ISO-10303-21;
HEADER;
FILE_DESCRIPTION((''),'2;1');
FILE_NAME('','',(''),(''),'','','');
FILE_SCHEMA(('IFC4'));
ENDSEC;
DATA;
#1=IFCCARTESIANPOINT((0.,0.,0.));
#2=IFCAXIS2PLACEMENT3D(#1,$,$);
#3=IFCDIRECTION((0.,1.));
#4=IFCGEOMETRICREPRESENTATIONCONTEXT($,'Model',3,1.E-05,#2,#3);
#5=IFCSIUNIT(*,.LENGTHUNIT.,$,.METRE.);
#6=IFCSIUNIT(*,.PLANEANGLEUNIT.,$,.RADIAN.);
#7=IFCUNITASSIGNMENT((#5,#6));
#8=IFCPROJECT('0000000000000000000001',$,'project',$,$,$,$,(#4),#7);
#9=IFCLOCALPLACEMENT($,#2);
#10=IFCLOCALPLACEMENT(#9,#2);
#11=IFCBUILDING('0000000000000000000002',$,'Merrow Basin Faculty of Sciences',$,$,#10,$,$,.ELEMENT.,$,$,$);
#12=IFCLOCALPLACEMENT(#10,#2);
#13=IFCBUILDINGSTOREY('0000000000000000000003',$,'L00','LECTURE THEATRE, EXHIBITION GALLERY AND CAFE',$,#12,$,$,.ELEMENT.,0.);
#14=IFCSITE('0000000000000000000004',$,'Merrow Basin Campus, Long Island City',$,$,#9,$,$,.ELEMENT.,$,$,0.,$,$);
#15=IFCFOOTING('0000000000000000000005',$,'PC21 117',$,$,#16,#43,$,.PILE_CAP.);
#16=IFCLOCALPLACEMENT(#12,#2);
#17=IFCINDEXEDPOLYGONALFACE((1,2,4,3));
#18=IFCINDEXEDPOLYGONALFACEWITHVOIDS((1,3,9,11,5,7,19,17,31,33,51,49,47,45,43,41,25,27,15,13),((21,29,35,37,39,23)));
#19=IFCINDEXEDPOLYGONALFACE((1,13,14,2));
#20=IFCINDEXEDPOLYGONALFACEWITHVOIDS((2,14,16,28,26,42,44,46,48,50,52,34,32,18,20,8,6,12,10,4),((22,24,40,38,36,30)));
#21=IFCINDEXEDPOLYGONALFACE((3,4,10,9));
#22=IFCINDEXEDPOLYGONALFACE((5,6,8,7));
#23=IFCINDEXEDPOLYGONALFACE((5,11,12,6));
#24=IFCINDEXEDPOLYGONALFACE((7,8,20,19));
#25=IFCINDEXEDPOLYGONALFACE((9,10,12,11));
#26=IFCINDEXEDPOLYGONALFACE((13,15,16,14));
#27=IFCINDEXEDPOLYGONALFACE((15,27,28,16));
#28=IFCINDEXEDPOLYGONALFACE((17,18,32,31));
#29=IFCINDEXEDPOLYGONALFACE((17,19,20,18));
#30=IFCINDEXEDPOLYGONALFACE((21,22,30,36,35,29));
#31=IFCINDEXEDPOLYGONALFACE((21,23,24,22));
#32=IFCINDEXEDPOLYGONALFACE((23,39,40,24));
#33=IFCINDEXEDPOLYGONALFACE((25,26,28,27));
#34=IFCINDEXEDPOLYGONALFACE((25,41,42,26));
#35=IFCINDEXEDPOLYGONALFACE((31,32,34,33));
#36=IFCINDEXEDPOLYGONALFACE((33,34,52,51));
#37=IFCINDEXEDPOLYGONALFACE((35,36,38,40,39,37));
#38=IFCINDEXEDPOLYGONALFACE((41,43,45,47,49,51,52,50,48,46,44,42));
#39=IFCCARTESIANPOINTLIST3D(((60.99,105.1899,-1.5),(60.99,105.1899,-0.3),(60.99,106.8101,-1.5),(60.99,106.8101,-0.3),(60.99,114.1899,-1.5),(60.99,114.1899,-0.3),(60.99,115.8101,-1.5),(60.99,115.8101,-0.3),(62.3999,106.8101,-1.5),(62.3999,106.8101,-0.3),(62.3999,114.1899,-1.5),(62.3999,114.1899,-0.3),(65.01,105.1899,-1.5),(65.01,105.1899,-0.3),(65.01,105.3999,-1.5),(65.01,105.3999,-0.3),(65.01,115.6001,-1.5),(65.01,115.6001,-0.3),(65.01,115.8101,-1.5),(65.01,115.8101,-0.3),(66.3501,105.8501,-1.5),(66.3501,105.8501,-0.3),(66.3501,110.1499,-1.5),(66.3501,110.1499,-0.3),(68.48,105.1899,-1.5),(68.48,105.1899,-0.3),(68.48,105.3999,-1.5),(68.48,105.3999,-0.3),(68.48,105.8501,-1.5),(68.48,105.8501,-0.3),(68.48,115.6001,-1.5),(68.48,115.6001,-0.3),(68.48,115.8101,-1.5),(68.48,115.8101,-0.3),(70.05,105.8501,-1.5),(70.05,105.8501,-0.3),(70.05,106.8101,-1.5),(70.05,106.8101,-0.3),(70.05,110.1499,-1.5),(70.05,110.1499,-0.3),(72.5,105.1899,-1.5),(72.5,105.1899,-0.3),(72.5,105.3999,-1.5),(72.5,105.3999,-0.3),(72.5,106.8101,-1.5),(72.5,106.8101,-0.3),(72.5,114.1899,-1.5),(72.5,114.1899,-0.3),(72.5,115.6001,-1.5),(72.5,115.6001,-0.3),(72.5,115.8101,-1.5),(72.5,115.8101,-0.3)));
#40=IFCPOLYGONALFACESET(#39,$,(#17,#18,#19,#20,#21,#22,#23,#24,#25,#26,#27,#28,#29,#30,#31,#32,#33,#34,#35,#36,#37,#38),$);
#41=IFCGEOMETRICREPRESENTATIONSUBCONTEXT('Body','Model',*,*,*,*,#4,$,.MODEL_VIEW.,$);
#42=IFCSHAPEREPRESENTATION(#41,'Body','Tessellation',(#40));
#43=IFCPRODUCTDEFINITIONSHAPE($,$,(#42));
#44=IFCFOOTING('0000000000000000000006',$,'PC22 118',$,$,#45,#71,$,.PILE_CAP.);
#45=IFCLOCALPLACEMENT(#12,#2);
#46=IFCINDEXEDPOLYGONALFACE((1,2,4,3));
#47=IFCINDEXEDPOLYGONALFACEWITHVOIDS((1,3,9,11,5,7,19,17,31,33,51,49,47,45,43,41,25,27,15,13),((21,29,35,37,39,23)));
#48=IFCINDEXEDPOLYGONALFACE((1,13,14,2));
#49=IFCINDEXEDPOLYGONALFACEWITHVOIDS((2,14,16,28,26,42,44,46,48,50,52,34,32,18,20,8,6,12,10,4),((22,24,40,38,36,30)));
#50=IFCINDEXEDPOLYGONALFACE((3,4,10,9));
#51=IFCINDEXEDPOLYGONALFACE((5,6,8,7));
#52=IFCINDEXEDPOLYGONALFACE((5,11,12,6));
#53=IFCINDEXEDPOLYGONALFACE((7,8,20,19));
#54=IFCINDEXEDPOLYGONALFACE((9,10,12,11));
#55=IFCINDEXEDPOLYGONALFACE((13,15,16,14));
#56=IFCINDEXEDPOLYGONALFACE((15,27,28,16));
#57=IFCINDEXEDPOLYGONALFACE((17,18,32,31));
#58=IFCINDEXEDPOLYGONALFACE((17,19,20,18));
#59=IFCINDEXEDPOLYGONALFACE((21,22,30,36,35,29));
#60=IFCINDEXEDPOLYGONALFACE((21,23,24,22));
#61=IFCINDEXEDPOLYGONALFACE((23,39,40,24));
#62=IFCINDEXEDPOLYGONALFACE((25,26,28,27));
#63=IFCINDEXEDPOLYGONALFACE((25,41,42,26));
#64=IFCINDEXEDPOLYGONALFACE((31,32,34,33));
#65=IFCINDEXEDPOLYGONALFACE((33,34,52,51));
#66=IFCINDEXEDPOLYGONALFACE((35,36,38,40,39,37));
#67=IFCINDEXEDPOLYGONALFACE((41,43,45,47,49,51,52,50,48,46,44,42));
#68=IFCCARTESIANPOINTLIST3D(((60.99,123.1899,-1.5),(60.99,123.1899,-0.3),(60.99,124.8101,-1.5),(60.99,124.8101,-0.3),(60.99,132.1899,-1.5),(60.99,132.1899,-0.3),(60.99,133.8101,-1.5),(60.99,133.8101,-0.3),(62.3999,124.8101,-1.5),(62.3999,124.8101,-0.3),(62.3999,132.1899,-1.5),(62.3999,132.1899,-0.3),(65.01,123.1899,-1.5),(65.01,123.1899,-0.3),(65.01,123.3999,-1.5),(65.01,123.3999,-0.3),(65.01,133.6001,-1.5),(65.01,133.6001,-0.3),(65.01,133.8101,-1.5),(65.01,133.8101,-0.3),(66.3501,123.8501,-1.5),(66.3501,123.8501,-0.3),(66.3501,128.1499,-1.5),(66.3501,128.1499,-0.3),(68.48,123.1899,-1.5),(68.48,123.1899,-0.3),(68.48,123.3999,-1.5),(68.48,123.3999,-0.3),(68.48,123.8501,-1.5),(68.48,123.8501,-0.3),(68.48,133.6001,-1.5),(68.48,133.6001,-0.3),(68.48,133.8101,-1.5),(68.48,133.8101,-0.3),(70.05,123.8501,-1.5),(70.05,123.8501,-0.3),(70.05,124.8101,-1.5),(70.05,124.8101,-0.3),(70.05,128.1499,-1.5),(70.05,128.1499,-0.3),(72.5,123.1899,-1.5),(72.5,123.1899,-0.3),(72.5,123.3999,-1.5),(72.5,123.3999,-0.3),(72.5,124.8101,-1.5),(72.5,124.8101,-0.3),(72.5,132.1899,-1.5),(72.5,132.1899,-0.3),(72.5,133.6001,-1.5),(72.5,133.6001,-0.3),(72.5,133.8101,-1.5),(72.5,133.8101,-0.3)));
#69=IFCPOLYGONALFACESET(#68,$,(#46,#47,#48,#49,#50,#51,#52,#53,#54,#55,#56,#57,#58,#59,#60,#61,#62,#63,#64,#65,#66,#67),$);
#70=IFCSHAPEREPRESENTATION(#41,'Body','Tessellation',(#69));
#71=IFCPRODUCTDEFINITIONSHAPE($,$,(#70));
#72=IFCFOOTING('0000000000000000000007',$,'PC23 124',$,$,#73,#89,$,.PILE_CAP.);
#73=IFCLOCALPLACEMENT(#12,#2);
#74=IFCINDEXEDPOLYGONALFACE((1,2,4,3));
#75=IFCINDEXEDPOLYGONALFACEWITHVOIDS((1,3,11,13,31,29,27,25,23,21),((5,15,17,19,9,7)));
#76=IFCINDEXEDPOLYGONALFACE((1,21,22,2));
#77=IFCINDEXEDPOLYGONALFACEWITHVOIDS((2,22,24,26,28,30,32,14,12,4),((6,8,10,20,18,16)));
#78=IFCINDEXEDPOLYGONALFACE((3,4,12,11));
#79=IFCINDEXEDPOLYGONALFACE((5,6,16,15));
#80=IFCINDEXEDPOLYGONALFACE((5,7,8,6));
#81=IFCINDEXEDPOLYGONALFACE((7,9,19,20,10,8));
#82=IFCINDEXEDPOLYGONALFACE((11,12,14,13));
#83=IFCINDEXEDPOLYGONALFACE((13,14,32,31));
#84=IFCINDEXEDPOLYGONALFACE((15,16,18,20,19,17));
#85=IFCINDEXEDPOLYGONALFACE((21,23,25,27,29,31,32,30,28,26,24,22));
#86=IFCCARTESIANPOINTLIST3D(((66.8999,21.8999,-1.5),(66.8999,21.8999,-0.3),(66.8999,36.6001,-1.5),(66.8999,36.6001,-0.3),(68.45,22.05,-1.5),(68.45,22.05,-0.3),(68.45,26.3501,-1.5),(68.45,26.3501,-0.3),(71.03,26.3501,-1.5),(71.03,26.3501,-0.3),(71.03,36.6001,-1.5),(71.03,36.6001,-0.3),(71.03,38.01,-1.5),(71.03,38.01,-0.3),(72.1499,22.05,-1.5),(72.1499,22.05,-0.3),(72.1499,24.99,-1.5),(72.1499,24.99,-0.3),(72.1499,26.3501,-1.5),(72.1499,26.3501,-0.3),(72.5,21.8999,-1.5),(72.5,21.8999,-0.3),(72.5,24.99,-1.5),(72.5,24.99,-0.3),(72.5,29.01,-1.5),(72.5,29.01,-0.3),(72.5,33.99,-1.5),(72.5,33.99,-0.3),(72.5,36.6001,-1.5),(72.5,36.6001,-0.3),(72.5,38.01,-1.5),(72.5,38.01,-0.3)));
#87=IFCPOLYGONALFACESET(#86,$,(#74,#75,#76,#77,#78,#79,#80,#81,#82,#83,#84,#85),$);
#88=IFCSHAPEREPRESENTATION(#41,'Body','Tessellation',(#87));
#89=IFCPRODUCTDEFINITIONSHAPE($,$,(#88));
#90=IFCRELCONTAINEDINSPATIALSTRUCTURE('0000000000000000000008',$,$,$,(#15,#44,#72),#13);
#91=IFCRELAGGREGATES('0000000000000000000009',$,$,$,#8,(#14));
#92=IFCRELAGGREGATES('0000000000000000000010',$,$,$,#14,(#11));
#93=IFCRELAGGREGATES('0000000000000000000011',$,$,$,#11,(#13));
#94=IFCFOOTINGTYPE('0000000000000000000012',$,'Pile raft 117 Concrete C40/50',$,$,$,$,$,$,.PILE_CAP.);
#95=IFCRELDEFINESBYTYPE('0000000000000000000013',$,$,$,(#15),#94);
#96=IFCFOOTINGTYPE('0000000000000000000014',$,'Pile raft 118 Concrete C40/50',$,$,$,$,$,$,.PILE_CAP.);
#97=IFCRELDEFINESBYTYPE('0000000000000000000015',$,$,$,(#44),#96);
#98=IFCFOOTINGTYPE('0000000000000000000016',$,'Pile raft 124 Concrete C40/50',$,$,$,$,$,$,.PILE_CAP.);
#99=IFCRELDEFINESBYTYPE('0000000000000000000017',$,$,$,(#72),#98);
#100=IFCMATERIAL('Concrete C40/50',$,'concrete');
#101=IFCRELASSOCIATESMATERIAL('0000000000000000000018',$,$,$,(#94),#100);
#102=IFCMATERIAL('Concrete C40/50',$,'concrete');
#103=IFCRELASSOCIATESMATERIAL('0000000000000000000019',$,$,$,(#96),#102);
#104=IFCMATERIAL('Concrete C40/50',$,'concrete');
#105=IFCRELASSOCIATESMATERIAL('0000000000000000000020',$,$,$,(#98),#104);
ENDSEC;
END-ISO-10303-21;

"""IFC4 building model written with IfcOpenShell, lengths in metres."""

from ifc_helpers import new_model, si_unit, direction, frame, origin, place, context, subcontext, project, spatial, polyline, outline, extrude, material, type_object, element, save


model = new_model("IFC4")

# Units and contexts
model_context = context("Model", 3, precision=1e-05, world=origin(), true_north=direction((0.0, 1.0)))
body_context = subcontext(model_context, "Body", "Model", "MODEL_VIEW")
ifc_project = project(units=[si_unit("LENGTHUNIT", "METRE"), si_unit("PLANEANGLEUNIT", "RADIAN")], contexts=[model_context])

# Site, building, storey
site_placement = place(None, origin())
site = spatial("IfcSite", under=ifc_project, at=site_placement, Name="Merrow Basin Campus, Long Island City", CompositionType="ELEMENT", RefElevation=0.0)
building_placement = place(site_placement, origin())
building = spatial("IfcBuilding", under=site, at=building_placement, Name="Merrow Basin Faculty of Sciences", CompositionType="ELEMENT")
storey_placement = place(building_placement, origin())
storey = spatial("IfcBuildingStorey", under=building, at=storey_placement, Name="L00", Description="LECTURE THEATRE, EXHIBITION GALLERY AND CAFE", CompositionType="ELEMENT", Elevation=0.0)

# Footings
ifc_material_1 = material(Name="Concrete C40/50", Category="concrete")
footing_type_1 = type_object("IfcFootingType", Name="Pile raft 117 Concrete C40/50", PredefinedType="PILE_CAP", material=ifc_material_1)
footing_1_placement = place(storey_placement, frame((0.0, 0.0, -1.5)))
element("IfcFooting", 1, at=footing_1_placement, inside=storey, type_object=footing_type_1, Name="PC21 117", PredefinedType="PILE_CAP", context=body_context, shape_type="SweptSolid", body=[
    extrude(outline(polyline([(60.99, 115.8101), (65.01, 115.8101), (65.01, 115.6001), (68.48, 115.6001), (68.48, 115.8101), (72.5, 115.8101), (72.5, 115.6001), (72.5, 114.1899), (72.5, 106.8101), (72.5, 105.3999), (72.5, 105.1899), (68.48, 105.1899), (68.48, 105.3999), (65.01, 105.3999), (65.01, 105.1899), (60.99, 105.1899), (60.99, 106.8101), (62.3999, 106.8101), (62.3999, 114.1899), (60.99, 114.1899), (60.99, 115.8101)]), holes=[polyline([(70.05, 110.1499), (66.3501, 110.1499), (66.3501, 105.8501), (68.48, 105.8501), (70.05, 105.8501), (70.05, 106.8101), (70.05, 110.1499)])]), origin(), (0.0, 0.0, 1.0), 1.2),
])
ifc_material_2 = material(Name="Concrete C40/50", Category="concrete")
footing_type_2 = type_object("IfcFootingType", Name="Pile raft 118 Concrete C40/50", PredefinedType="PILE_CAP", material=ifc_material_2)
footing_2_placement = place(storey_placement, frame((0.0, 0.0, -1.5)))
element("IfcFooting", 2, at=footing_2_placement, inside=storey, type_object=footing_type_2, Name="PC22 118", PredefinedType="PILE_CAP", context=body_context, shape_type="SweptSolid", body=[
    extrude(outline(polyline([(60.99, 124.8101), (62.3999, 124.8101), (62.3999, 132.1899), (60.99, 132.1899), (60.99, 133.8101), (65.01, 133.8101), (65.01, 133.6001), (68.48, 133.6001), (68.48, 133.8101), (72.5, 133.8101), (72.5, 133.6001), (72.5, 132.1899), (72.5, 124.8101), (72.5, 123.3999), (72.5, 123.1899), (68.48, 123.1899), (68.48, 123.3999), (65.01, 123.3999), (65.01, 123.1899), (60.99, 123.1899), (60.99, 124.8101)]), holes=[polyline([(70.05, 128.1499), (66.3501, 128.1499), (66.3501, 123.8501), (68.48, 123.8501), (70.05, 123.8501), (70.05, 124.8101), (70.05, 128.1499)])]), origin(), (0.0, 0.0, 1.0), 1.2),
])
ifc_material_3 = material(Name="Concrete C40/50", Category="concrete")
footing_type_3 = type_object("IfcFootingType", Name="Pile raft 124 Concrete C40/50", PredefinedType="PILE_CAP", material=ifc_material_3)
footing_3_placement = place(storey_placement, frame((0.0, 0.0, -1.5)))
element("IfcFooting", 3, at=footing_3_placement, inside=storey, type_object=footing_type_3, Name="PC23 124", PredefinedType="PILE_CAP", context=body_context, shape_type="SweptSolid", body=[
    extrude(outline(polyline([(72.5, 38.01), (72.5, 36.6001), (72.5, 33.99), (72.5, 29.01), (72.5, 24.99), (72.5, 21.8999), (66.8999, 21.8999), (66.8999, 36.6001), (71.03, 36.6001), (71.03, 38.01), (72.5, 38.01)]), holes=[polyline([(68.45, 26.3501), (68.45, 22.05), (72.1499, 22.05), (72.1499, 24.99), (72.1499, 26.3501), (71.03, 26.3501), (68.45, 26.3501)])]), origin(), (0.0, 0.0, 1.0), 1.2),
])

save(model, "model.ifc")
